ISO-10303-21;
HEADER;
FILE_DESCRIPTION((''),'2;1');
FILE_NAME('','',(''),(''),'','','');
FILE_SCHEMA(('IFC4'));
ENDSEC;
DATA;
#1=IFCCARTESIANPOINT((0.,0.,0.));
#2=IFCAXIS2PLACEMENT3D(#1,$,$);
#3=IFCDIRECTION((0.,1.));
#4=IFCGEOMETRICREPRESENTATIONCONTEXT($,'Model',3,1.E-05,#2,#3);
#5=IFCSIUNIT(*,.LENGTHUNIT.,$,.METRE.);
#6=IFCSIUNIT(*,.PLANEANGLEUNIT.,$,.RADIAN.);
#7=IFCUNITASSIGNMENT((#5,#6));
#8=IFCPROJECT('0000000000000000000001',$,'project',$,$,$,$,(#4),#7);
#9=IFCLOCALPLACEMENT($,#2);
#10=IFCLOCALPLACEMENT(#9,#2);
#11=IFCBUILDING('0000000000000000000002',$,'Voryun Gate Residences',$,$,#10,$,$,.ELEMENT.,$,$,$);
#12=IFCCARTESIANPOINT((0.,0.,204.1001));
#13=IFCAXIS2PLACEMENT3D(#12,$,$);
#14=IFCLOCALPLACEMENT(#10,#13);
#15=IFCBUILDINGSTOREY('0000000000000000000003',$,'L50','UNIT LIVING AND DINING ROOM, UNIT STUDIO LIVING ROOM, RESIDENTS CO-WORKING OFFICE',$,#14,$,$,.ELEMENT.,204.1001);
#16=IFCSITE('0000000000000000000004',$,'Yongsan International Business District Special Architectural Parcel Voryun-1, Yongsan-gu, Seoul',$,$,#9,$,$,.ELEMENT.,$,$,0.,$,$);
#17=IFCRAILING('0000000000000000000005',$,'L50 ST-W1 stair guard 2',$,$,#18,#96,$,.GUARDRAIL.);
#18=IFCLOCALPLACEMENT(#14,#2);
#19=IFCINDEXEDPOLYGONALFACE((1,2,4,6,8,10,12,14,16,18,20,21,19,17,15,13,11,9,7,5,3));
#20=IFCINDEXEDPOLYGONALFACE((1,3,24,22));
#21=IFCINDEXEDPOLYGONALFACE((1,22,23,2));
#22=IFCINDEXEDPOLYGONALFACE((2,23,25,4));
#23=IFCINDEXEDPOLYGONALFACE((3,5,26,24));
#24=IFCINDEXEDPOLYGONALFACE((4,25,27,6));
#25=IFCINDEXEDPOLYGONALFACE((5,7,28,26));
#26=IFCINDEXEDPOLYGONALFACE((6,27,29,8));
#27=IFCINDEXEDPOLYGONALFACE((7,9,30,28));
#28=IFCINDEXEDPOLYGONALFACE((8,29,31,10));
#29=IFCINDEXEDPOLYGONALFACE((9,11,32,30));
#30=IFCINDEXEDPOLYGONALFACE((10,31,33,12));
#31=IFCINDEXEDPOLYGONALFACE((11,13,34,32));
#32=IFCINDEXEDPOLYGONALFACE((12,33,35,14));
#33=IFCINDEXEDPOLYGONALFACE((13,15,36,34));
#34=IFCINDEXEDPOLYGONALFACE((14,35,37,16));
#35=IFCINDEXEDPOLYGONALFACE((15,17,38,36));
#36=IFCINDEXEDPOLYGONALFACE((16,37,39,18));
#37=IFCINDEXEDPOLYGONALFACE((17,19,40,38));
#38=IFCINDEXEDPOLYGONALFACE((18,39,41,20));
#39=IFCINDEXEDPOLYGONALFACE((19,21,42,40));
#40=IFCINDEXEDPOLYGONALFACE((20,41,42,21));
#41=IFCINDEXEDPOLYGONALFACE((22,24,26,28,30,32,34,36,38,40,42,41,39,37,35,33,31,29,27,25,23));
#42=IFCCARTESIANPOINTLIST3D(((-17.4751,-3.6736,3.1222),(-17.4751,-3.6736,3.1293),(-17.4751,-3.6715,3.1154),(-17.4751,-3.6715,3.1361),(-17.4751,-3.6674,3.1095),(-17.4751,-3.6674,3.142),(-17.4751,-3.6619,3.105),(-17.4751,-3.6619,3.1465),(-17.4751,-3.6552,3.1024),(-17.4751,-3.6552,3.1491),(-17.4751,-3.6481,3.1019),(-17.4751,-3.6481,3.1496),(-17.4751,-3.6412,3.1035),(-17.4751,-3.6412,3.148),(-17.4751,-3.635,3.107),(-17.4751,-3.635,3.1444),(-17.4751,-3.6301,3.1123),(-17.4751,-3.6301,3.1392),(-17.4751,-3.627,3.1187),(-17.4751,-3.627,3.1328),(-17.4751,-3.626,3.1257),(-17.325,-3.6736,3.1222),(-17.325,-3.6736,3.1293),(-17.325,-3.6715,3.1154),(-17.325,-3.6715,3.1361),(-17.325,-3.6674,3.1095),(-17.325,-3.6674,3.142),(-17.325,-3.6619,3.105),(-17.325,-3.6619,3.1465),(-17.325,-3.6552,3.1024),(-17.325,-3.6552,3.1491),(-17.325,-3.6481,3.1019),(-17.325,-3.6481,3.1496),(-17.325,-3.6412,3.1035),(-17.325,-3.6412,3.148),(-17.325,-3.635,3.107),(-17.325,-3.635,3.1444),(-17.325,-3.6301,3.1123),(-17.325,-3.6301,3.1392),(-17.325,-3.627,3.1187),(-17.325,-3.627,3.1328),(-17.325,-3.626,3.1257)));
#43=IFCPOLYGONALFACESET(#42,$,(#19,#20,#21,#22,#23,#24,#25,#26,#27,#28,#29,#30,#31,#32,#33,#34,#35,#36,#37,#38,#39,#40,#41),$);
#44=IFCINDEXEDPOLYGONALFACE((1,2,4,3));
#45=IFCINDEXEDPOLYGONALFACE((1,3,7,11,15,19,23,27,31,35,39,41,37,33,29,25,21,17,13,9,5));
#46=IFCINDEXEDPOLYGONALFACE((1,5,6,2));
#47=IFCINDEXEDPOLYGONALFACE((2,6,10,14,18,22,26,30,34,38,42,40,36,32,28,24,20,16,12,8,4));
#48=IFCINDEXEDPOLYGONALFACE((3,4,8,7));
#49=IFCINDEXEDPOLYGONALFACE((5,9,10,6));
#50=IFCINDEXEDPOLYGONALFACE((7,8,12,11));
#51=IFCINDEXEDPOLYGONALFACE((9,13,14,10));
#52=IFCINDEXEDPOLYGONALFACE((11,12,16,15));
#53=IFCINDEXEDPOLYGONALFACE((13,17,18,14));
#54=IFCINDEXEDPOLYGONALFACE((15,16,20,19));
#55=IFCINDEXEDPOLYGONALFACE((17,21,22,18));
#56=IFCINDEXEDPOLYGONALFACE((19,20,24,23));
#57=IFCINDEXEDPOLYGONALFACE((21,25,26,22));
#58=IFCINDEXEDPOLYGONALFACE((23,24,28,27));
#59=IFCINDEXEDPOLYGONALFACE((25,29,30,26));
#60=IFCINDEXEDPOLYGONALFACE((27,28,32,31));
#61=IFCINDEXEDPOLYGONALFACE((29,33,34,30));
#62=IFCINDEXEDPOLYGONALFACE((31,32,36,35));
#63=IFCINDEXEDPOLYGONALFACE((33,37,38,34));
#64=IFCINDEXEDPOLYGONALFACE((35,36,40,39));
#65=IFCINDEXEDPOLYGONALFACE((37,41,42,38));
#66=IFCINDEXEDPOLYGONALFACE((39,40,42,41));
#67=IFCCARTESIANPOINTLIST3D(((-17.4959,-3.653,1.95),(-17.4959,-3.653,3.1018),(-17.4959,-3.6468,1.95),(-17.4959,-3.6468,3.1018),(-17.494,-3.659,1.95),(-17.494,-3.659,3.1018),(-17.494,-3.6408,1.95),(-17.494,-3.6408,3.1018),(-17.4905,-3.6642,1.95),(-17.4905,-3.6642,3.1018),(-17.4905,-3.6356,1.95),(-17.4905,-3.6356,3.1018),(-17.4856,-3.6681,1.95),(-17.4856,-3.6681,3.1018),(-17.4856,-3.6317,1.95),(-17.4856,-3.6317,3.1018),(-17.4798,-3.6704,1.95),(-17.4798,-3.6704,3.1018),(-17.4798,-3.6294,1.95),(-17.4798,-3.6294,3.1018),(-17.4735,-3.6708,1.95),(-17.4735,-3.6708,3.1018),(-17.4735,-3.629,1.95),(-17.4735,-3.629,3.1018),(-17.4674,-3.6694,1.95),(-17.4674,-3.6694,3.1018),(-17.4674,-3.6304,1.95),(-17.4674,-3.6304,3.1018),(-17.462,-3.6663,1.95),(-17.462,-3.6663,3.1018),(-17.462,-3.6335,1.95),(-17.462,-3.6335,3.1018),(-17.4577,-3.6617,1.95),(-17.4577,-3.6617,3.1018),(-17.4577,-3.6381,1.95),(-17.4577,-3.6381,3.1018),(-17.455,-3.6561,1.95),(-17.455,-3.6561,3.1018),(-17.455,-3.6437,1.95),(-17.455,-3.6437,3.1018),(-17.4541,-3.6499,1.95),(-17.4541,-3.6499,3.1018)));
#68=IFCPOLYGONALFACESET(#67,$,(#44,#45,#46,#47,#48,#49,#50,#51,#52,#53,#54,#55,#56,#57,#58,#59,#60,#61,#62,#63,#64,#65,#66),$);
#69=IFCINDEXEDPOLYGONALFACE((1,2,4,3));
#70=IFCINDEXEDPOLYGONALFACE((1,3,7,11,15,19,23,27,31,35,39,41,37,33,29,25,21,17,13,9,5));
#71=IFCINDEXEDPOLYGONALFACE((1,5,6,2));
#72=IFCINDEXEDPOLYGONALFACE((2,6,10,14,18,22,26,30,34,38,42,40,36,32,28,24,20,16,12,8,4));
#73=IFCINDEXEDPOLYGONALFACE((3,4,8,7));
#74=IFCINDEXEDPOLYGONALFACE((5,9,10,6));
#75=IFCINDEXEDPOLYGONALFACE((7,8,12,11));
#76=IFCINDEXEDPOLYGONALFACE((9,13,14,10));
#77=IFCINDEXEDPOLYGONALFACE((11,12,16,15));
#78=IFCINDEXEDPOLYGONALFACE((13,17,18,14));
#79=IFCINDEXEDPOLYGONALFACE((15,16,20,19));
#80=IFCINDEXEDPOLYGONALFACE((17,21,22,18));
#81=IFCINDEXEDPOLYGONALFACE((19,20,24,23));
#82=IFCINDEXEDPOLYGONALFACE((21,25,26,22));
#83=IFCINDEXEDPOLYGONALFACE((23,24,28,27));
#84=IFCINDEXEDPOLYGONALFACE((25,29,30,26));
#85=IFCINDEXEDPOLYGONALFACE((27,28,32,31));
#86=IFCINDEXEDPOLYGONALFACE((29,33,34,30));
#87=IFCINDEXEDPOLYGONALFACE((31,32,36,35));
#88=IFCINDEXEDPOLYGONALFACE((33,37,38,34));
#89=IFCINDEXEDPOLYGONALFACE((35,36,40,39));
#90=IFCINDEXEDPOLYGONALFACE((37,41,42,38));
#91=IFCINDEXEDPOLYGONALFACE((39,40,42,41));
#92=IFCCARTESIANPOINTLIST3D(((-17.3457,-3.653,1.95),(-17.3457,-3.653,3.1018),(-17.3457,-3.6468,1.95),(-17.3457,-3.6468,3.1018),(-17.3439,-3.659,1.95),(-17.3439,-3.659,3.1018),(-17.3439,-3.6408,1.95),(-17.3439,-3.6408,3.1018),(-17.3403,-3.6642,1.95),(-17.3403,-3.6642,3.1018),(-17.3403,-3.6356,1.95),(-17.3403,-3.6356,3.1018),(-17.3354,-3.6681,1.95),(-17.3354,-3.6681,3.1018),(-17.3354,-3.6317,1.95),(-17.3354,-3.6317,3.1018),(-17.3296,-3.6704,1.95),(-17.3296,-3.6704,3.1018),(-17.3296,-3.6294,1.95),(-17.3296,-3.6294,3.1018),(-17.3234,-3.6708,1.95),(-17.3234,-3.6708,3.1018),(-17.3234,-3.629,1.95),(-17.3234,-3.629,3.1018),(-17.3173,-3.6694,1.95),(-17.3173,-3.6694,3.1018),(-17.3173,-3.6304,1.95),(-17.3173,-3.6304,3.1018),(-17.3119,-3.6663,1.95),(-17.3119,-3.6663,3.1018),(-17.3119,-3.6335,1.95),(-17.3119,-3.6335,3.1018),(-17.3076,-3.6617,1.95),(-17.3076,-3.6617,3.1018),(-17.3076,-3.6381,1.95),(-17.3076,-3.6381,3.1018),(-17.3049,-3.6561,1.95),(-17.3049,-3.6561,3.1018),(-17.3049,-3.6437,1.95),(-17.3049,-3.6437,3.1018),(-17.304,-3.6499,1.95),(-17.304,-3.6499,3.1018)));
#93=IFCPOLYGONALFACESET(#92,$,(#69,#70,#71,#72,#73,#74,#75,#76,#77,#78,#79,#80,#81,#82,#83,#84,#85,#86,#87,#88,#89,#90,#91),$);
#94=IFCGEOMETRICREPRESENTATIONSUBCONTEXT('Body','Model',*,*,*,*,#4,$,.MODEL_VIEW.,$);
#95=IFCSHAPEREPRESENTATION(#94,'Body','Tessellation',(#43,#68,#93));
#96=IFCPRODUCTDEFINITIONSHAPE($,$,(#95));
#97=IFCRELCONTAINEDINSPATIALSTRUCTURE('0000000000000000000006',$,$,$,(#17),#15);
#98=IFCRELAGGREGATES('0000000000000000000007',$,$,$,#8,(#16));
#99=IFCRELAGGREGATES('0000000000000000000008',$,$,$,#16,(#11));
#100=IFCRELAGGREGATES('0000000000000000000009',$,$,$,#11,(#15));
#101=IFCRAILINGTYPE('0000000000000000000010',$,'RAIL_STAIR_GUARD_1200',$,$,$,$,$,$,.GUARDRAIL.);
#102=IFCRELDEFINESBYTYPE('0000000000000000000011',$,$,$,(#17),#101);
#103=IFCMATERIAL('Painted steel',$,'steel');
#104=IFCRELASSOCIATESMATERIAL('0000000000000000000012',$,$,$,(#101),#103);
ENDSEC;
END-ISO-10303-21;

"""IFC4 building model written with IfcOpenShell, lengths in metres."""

from ifc_helpers import new_model, si_unit, direction, frame, origin, origin_2d, place, context, subcontext, project, spatial, circle, extrude, material, type_object, element, save


model = new_model("IFC4")

# Units and contexts
model_context = context("Model", 3, precision=1e-05, world=origin(), true_north=direction((0.0, 1.0)))
body_context = subcontext(model_context, "Body", "Model", "MODEL_VIEW")
ifc_project = project(units=[si_unit("LENGTHUNIT", "METRE"), si_unit("PLANEANGLEUNIT", "RADIAN")], contexts=[model_context])

# Site, building, storey
site_placement = place(None, origin())
site = spatial("IfcSite", under=ifc_project, at=site_placement, Name="Yongsan International Business District Special Architectural Parcel Voryun-1, Yongsan-gu, Seoul", CompositionType="ELEMENT", RefElevation=0.0)
building_placement = place(site_placement, origin())
building = spatial("IfcBuilding", under=site, at=building_placement, Name="Voryun Gate Residences", CompositionType="ELEMENT")
storey_placement = place(building_placement, frame((0.0, 0.0, 204.1001)))
storey = spatial("IfcBuildingStorey", under=building, at=storey_placement, Name="L50", Description="UNIT LIVING AND DINING ROOM, UNIT STUDIO LIVING ROOM, RESIDENTS CO-WORKING OFFICE", CompositionType="ELEMENT", Elevation=204.1001)

# Railing
ifc_material_1 = material(Name="Painted steel", Category="steel")
railing_type = type_object("IfcRailingType", Name="RAIL_STAIR_GUARD_1200", PredefinedType="GUARDRAIL", material=ifc_material_1)
railing_1_placement = place(storey_placement, frame((-17.4751, -3.6499, 1.95)))
element("IfcRailing", 1, at=railing_1_placement, inside=storey, type_object=railing_type, Name="L50 ST-W1 stair guard 2", PredefinedType="GUARDRAIL", context=body_context, shape_type="SweptSolid", body=[
    extrude(circle(Radius=0.0239, at=origin_2d()), frame((0.0, 0.0, 1.1758), z_axis=(1.0, 0.0, 0.0), x_axis=(0.0, 1.0, 0.0)), (0.0, 0.0, 1.0), 0.1501),
    extrude(circle(Radius=0.021, at=origin_2d()), origin(), (0.0, 0.0, 1.0), 1.1519),
    extrude(circle(Radius=0.021, at=origin_2d()), frame((0.1501, 0.0, 0.0)), (0.0, 0.0, 1.0), 1.1519),
])

save(model, "model.ifc")
